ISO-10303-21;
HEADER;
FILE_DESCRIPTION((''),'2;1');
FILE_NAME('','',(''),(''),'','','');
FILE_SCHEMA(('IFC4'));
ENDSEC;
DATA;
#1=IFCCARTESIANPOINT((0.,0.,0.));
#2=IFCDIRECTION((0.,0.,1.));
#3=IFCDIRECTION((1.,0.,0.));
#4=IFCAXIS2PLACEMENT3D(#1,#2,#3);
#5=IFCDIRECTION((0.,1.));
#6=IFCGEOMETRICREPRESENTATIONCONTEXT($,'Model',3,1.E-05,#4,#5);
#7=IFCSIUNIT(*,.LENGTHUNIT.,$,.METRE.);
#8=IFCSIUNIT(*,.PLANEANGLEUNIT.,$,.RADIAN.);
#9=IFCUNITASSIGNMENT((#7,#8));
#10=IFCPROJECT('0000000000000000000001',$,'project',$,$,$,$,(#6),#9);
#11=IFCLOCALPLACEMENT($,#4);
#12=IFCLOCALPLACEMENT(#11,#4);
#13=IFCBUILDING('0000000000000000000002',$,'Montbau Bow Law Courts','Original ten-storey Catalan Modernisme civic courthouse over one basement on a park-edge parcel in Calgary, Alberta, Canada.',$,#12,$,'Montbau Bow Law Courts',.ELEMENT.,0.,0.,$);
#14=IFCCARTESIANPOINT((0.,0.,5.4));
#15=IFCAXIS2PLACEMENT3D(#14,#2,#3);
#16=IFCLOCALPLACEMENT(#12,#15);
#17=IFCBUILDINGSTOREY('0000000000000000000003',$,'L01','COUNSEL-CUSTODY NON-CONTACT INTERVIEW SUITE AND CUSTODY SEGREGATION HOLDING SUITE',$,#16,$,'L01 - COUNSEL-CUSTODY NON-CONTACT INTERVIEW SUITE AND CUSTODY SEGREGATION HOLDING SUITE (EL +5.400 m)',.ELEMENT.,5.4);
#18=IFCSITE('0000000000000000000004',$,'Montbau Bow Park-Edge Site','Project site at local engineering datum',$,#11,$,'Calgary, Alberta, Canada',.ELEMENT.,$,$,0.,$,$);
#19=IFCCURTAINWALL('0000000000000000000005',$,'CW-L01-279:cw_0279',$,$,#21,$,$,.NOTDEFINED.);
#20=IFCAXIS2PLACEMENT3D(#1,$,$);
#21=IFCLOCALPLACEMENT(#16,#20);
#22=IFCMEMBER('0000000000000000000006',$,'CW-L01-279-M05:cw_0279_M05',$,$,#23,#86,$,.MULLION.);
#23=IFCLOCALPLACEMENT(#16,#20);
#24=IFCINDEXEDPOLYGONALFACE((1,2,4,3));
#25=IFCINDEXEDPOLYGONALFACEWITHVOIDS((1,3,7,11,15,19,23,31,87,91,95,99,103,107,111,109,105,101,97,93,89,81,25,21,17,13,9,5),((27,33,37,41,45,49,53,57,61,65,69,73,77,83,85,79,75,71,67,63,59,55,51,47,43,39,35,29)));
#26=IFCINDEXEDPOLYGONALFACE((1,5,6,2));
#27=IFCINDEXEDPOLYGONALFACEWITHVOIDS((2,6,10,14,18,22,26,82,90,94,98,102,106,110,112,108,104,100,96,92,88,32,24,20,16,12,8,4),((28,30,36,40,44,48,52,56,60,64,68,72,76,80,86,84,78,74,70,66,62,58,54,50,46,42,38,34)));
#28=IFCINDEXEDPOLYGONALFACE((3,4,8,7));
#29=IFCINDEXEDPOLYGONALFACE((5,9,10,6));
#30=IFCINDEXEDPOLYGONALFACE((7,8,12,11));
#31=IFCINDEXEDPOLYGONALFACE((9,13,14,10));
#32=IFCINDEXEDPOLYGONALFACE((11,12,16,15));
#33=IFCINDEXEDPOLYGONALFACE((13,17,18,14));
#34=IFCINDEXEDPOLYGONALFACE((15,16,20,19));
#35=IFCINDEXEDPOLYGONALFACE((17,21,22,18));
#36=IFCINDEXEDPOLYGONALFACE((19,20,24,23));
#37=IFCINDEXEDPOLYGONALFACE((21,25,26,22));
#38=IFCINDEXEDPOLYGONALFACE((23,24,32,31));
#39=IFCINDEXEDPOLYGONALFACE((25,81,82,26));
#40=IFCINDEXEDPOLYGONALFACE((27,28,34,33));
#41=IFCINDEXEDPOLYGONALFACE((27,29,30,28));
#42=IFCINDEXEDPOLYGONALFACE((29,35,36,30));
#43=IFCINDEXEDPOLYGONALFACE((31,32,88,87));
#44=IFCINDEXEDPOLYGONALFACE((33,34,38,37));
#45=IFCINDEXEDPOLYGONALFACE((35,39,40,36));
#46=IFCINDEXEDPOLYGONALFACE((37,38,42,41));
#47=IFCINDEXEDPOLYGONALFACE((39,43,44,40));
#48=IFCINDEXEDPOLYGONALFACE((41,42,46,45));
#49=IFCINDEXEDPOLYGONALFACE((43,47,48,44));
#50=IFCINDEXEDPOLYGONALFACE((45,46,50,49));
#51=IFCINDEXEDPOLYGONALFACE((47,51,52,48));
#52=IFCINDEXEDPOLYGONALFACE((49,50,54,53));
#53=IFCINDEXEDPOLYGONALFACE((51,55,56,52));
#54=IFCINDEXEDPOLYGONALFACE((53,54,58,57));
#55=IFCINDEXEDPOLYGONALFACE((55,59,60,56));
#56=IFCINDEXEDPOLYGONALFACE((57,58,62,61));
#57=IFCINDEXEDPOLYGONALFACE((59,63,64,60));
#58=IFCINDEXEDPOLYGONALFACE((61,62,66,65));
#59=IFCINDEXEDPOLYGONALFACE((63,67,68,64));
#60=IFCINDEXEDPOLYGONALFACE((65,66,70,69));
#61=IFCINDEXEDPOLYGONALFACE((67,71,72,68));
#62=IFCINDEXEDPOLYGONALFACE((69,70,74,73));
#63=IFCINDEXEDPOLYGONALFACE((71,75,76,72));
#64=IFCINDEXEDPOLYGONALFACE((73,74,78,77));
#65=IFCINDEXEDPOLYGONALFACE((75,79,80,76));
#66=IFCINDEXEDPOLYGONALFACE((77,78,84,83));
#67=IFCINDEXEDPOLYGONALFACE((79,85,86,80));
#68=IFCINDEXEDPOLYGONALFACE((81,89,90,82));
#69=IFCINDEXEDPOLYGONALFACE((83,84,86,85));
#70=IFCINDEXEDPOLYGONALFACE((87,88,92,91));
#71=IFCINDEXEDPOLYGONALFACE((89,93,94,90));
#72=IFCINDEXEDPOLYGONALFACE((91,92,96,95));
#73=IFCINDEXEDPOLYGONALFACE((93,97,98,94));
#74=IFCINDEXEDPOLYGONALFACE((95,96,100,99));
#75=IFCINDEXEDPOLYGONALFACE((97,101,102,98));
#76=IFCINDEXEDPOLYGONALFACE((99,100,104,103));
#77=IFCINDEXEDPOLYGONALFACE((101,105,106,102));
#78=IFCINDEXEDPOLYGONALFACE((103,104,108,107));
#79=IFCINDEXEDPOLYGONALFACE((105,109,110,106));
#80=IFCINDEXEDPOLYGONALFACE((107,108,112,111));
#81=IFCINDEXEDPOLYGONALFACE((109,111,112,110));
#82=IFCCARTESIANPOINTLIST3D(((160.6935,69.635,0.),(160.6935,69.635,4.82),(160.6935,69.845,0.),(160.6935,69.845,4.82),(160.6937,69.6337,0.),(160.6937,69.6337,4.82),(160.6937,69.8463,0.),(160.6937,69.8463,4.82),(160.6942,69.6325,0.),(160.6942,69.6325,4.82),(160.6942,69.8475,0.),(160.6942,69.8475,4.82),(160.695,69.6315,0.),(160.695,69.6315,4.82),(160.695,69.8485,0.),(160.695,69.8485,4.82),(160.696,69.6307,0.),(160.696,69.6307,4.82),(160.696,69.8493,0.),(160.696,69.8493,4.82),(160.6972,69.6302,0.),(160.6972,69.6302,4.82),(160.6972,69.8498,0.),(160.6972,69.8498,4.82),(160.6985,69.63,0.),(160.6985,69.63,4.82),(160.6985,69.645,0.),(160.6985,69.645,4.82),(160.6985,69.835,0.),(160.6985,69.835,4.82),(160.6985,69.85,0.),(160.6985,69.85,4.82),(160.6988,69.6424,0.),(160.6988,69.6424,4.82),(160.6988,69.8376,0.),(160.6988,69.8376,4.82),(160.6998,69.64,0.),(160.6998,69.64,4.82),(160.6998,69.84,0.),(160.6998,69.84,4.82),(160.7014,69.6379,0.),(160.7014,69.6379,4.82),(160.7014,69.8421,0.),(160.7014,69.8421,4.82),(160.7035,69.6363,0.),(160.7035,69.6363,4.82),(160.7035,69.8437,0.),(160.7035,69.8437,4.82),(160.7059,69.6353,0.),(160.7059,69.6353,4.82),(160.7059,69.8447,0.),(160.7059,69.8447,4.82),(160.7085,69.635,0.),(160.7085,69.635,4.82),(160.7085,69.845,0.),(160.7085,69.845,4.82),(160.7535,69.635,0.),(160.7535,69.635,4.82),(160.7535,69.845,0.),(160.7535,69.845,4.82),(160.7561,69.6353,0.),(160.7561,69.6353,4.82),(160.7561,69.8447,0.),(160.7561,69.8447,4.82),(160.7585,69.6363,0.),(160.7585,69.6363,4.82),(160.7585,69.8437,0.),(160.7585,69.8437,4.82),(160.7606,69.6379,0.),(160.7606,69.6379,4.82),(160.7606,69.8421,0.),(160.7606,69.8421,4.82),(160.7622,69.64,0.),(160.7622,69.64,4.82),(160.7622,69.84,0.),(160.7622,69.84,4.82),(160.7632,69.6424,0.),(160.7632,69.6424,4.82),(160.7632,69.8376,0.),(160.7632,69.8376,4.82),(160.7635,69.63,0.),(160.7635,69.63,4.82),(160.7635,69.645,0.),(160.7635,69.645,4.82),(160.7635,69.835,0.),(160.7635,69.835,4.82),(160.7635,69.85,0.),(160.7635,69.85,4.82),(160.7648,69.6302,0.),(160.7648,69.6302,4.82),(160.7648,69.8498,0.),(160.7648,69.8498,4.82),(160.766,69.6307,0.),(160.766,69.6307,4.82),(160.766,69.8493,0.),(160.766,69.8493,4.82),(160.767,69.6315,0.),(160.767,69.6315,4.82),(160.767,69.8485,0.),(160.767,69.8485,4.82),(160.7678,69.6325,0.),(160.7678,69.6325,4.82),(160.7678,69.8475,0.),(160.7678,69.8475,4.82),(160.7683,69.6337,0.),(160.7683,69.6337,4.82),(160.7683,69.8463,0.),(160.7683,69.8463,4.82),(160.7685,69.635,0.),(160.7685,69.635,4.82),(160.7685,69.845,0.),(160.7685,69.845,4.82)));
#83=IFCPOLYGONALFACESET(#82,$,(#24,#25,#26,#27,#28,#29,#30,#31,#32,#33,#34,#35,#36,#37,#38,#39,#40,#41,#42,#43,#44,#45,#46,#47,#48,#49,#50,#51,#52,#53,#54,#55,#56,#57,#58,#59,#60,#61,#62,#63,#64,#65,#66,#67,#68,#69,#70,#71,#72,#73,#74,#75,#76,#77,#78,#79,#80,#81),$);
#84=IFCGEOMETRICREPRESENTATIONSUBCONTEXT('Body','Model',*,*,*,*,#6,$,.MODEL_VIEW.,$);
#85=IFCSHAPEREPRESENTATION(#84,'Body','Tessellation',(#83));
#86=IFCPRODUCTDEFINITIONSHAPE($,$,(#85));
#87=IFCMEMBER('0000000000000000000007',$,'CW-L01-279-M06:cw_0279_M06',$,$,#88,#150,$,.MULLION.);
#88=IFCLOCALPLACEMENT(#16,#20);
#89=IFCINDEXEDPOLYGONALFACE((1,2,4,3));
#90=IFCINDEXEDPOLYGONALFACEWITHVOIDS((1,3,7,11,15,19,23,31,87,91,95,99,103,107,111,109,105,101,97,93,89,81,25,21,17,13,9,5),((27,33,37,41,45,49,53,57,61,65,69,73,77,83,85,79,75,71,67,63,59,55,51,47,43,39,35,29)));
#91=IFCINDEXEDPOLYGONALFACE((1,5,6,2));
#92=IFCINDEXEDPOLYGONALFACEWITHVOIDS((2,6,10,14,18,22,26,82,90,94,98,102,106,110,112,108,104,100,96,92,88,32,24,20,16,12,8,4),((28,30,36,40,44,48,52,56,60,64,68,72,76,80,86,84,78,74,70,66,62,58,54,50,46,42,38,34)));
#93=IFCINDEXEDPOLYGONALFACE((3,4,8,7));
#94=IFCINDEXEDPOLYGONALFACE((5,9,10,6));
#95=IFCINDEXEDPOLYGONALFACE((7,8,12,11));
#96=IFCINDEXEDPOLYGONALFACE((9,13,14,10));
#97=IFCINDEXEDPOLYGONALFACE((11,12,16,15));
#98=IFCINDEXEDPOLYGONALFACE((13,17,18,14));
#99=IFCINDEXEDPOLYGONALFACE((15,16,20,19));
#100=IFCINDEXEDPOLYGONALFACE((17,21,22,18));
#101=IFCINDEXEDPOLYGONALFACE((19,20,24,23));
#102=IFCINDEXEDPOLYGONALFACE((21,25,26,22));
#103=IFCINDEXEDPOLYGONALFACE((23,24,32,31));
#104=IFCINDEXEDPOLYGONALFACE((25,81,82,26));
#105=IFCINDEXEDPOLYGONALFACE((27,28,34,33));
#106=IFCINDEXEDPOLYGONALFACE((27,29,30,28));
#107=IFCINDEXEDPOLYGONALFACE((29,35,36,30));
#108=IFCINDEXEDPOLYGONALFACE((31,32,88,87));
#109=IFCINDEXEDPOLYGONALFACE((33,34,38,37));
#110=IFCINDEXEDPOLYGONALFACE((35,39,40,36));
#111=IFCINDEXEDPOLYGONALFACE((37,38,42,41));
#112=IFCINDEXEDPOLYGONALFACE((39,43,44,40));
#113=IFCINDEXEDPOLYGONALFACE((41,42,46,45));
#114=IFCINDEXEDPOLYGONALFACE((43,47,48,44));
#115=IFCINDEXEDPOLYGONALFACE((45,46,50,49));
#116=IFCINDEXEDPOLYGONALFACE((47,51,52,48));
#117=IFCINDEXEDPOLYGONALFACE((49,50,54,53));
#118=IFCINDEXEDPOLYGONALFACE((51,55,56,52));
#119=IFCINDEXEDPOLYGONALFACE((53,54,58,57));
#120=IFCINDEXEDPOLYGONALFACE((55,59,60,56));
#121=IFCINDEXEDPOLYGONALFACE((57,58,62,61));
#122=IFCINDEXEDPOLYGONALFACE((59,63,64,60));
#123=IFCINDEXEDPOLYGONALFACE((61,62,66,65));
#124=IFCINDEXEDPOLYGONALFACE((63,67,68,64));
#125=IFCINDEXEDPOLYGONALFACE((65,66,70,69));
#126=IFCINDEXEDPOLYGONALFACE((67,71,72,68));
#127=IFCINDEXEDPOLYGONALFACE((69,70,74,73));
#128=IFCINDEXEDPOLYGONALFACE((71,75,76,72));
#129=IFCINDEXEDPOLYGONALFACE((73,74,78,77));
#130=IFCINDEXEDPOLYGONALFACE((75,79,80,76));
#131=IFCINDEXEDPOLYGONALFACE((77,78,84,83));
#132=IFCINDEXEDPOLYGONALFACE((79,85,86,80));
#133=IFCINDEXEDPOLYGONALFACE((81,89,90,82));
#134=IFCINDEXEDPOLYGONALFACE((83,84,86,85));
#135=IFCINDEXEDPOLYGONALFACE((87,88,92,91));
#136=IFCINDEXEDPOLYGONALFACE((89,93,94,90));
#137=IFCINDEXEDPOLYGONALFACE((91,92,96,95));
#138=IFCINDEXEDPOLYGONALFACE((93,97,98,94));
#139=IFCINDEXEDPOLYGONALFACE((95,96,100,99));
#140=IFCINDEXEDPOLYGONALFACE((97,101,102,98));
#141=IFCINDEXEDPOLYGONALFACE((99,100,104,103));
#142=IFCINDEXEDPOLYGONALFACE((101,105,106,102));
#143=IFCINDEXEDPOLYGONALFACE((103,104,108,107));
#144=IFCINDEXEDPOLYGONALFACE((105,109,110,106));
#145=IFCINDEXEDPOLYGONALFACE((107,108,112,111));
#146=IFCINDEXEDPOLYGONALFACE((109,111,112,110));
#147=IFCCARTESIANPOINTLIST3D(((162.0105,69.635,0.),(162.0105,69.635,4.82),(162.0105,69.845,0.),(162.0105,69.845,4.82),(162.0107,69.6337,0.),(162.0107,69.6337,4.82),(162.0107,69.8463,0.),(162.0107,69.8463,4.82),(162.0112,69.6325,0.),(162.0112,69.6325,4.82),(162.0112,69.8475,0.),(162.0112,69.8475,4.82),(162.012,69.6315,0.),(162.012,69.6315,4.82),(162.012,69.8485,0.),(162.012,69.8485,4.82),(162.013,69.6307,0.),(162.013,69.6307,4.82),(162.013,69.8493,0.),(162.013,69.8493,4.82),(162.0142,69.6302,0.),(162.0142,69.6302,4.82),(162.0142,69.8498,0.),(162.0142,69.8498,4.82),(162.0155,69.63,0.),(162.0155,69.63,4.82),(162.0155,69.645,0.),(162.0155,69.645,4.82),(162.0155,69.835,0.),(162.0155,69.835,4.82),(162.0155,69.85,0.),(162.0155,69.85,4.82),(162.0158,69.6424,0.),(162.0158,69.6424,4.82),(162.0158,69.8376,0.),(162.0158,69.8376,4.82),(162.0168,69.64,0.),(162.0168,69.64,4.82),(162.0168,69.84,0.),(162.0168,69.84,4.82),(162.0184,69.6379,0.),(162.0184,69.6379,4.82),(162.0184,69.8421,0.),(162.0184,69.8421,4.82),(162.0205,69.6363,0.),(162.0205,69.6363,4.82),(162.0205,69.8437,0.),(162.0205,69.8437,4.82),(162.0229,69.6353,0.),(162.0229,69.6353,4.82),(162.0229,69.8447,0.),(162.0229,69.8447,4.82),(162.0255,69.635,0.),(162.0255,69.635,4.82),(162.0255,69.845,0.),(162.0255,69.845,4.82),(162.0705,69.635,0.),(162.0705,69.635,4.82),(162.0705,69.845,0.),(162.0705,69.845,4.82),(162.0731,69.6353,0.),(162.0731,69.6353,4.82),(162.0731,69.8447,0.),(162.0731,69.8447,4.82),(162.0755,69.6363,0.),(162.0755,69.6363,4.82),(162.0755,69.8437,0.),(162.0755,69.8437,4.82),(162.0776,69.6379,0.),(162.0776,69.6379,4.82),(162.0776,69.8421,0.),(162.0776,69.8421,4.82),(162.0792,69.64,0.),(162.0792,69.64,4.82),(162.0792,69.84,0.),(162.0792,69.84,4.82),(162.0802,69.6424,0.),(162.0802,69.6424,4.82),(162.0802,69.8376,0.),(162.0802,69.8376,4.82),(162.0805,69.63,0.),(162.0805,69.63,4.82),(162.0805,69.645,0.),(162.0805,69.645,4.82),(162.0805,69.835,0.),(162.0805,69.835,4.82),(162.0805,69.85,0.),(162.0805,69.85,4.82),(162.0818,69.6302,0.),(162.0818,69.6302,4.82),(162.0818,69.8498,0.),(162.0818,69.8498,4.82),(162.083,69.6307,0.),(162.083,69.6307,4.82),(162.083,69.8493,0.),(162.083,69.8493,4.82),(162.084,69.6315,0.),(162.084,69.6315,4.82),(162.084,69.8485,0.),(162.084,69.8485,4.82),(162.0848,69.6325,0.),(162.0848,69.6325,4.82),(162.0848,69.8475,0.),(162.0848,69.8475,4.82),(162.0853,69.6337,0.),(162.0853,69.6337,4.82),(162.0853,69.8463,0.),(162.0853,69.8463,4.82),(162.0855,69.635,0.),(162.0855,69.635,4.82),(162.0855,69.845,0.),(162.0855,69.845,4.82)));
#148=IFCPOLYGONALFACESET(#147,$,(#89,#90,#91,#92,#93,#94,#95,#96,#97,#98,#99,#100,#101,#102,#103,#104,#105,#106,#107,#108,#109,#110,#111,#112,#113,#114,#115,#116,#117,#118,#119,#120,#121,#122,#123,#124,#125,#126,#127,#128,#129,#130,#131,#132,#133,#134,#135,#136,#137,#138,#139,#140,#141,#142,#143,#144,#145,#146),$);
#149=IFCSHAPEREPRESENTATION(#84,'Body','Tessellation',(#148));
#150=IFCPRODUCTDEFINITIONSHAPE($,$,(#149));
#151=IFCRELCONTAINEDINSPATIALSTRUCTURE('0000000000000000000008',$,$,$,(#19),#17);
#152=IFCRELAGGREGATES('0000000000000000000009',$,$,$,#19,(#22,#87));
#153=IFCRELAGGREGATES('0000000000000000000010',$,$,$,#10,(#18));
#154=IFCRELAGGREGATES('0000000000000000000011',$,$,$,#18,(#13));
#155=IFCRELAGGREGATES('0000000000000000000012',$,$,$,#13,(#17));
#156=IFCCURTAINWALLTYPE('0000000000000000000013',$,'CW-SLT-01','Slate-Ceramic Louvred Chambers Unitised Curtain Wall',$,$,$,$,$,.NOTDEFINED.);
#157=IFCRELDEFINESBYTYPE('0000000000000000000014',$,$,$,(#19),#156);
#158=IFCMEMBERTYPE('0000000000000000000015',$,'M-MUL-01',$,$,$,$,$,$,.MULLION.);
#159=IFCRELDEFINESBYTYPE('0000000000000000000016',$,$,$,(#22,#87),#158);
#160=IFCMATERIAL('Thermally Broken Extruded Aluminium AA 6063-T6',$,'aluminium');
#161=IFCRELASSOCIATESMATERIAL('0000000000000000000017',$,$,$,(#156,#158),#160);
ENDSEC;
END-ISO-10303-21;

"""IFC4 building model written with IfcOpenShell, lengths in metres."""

from ifc_helpers import new_model, si_unit, direction, frame, origin_with_axes, origin_2d_with_axis, place, context, subcontext, project, spatial, hollow_rectangle, extrude, material, material_profile, profile_set, type_object, element, aggregate, save


model = new_model("IFC4")

# Units and contexts
model_context = context("Model", 3, precision=1e-05, world=origin_with_axes(), true_north=direction((0.0, 1.0)))
body_context = subcontext(model_context, "Body", "Model", "MODEL_VIEW")
ifc_project = project(units=[si_unit("LENGTHUNIT", "METRE"), si_unit("PLANEANGLEUNIT", "RADIAN")], contexts=[model_context])

# Site, building, storey
site_placement = place(None, origin_with_axes())
site = spatial("IfcSite", under=ifc_project, at=site_placement, Name="Montbau Bow Park-Edge Site", Description="Project site at local engineering datum", LongName="Calgary, Alberta, Canada", CompositionType="ELEMENT", RefElevation=0.0)
building_placement = place(site_placement, origin_with_axes())
building = spatial("IfcBuilding", under=site, at=building_placement, Name="Montbau Bow Law Courts", Description="Original ten-storey Catalan Modernisme civic courthouse over one basement on a park-edge parcel in Calgary, Alberta, Canada.", LongName="Montbau Bow Law Courts", CompositionType="ELEMENT", ElevationOfRefHeight=0.0, ElevationOfTerrain=0.0)
storey_placement = place(building_placement, frame((0.0, 0.0, 5.4), z_axis=(0.0, 0.0, 1.0), x_axis=(1.0, 0.0, 0.0)))
storey = spatial("IfcBuildingStorey", under=building, at=storey_placement, Name="L01", Description="COUNSEL-CUSTODY NON-CONTACT INTERVIEW SUITE AND CUSTODY SEGREGATION HOLDING SUITE", LongName="L01 - COUNSEL-CUSTODY NON-CONTACT INTERVIEW SUITE AND CUSTODY SEGREGATION HOLDING SUITE (EL +5.400 m)", CompositionType="ELEMENT", Elevation=5.4)

# Curtain wall, members
ifc_material_1 = material(Name="Thermally Broken Extruded Aluminium AA 6063-T6", Category="aluminium")
curtain_wall_type = type_object("IfcCurtainWallType", Name="CW-SLT-01", Description="Slate-Ceramic Louvred Chambers Unitised Curtain Wall", PredefinedType="NOTDEFINED", material=ifc_material_1)
curtain_wall_1_placement = place(None, frame((155.315, 69.74, 5.4), z_axis=(0.0, 0.0, 1.0), x_axis=(1.0, 0.0, 0.0)))
curtain_wall_1 = element("IfcCurtainWall", 1, at=curtain_wall_1_placement, inside=storey, type_object=curtain_wall_type, Name="CW-L01-279:cw_0279", PredefinedType="NOTDEFINED")
ifc_material_profile_1 = material_profile(ifc_material_1, hollow_rectangle(XDim=0.075, YDim=0.22, WallThickness=0.005, InnerFilletRadius=0.01, OuterFilletRadius=0.005, at=origin_2d_with_axis()), Name="CWM-220X75", Category="Main", Priority=0)
ifc_profile_set_1 = profile_set([ifc_material_profile_1], Name="Thermally Broken Extruded Aluminium AA 6063-T6")
member_type_1 = type_object("IfcMemberType", Name="M-MUL-01", PredefinedType="MULLION", material=ifc_profile_set_1)
member_1_placement = place(None, frame((160.731, 69.74, 5.4), z_axis=(0.0, 0.0, 1.0), x_axis=(1.0, 0.0, 0.0)))
member_1 = element("IfcMember", 2, at=member_1_placement, type_object=member_type_1, Name="CW-L01-279-M05:cw_0279_M05", PredefinedType="MULLION", context=body_context, shape_type="SweptSolid", body=[
    extrude(hollow_rectangle(XDim=0.075, YDim=0.22, WallThickness=0.005, InnerFilletRadius=0.01, OuterFilletRadius=0.005, at=origin_2d_with_axis()), origin_with_axes(), (0.0, 0.0, 1.0), 4.82),
])
member_2_placement = place(None, frame((162.048, 69.74, 5.4), z_axis=(0.0, 0.0, 1.0), x_axis=(1.0, 0.0, 0.0)))
member_2 = element("IfcMember", 3, at=member_2_placement, type_object=member_type_1, Name="CW-L01-279-M06:cw_0279_M06", PredefinedType="MULLION", context=body_context, shape_type="SweptSolid", body=[
    extrude(hollow_rectangle(XDim=0.075, YDim=0.22, WallThickness=0.005, InnerFilletRadius=0.01, OuterFilletRadius=0.005, at=origin_2d_with_axis()), origin_with_axes(), (0.0, 0.0, 1.0), 4.82),
])

aggregate(curtain_wall_1, [member_1, member_2])

save(model, "model.ifc")
